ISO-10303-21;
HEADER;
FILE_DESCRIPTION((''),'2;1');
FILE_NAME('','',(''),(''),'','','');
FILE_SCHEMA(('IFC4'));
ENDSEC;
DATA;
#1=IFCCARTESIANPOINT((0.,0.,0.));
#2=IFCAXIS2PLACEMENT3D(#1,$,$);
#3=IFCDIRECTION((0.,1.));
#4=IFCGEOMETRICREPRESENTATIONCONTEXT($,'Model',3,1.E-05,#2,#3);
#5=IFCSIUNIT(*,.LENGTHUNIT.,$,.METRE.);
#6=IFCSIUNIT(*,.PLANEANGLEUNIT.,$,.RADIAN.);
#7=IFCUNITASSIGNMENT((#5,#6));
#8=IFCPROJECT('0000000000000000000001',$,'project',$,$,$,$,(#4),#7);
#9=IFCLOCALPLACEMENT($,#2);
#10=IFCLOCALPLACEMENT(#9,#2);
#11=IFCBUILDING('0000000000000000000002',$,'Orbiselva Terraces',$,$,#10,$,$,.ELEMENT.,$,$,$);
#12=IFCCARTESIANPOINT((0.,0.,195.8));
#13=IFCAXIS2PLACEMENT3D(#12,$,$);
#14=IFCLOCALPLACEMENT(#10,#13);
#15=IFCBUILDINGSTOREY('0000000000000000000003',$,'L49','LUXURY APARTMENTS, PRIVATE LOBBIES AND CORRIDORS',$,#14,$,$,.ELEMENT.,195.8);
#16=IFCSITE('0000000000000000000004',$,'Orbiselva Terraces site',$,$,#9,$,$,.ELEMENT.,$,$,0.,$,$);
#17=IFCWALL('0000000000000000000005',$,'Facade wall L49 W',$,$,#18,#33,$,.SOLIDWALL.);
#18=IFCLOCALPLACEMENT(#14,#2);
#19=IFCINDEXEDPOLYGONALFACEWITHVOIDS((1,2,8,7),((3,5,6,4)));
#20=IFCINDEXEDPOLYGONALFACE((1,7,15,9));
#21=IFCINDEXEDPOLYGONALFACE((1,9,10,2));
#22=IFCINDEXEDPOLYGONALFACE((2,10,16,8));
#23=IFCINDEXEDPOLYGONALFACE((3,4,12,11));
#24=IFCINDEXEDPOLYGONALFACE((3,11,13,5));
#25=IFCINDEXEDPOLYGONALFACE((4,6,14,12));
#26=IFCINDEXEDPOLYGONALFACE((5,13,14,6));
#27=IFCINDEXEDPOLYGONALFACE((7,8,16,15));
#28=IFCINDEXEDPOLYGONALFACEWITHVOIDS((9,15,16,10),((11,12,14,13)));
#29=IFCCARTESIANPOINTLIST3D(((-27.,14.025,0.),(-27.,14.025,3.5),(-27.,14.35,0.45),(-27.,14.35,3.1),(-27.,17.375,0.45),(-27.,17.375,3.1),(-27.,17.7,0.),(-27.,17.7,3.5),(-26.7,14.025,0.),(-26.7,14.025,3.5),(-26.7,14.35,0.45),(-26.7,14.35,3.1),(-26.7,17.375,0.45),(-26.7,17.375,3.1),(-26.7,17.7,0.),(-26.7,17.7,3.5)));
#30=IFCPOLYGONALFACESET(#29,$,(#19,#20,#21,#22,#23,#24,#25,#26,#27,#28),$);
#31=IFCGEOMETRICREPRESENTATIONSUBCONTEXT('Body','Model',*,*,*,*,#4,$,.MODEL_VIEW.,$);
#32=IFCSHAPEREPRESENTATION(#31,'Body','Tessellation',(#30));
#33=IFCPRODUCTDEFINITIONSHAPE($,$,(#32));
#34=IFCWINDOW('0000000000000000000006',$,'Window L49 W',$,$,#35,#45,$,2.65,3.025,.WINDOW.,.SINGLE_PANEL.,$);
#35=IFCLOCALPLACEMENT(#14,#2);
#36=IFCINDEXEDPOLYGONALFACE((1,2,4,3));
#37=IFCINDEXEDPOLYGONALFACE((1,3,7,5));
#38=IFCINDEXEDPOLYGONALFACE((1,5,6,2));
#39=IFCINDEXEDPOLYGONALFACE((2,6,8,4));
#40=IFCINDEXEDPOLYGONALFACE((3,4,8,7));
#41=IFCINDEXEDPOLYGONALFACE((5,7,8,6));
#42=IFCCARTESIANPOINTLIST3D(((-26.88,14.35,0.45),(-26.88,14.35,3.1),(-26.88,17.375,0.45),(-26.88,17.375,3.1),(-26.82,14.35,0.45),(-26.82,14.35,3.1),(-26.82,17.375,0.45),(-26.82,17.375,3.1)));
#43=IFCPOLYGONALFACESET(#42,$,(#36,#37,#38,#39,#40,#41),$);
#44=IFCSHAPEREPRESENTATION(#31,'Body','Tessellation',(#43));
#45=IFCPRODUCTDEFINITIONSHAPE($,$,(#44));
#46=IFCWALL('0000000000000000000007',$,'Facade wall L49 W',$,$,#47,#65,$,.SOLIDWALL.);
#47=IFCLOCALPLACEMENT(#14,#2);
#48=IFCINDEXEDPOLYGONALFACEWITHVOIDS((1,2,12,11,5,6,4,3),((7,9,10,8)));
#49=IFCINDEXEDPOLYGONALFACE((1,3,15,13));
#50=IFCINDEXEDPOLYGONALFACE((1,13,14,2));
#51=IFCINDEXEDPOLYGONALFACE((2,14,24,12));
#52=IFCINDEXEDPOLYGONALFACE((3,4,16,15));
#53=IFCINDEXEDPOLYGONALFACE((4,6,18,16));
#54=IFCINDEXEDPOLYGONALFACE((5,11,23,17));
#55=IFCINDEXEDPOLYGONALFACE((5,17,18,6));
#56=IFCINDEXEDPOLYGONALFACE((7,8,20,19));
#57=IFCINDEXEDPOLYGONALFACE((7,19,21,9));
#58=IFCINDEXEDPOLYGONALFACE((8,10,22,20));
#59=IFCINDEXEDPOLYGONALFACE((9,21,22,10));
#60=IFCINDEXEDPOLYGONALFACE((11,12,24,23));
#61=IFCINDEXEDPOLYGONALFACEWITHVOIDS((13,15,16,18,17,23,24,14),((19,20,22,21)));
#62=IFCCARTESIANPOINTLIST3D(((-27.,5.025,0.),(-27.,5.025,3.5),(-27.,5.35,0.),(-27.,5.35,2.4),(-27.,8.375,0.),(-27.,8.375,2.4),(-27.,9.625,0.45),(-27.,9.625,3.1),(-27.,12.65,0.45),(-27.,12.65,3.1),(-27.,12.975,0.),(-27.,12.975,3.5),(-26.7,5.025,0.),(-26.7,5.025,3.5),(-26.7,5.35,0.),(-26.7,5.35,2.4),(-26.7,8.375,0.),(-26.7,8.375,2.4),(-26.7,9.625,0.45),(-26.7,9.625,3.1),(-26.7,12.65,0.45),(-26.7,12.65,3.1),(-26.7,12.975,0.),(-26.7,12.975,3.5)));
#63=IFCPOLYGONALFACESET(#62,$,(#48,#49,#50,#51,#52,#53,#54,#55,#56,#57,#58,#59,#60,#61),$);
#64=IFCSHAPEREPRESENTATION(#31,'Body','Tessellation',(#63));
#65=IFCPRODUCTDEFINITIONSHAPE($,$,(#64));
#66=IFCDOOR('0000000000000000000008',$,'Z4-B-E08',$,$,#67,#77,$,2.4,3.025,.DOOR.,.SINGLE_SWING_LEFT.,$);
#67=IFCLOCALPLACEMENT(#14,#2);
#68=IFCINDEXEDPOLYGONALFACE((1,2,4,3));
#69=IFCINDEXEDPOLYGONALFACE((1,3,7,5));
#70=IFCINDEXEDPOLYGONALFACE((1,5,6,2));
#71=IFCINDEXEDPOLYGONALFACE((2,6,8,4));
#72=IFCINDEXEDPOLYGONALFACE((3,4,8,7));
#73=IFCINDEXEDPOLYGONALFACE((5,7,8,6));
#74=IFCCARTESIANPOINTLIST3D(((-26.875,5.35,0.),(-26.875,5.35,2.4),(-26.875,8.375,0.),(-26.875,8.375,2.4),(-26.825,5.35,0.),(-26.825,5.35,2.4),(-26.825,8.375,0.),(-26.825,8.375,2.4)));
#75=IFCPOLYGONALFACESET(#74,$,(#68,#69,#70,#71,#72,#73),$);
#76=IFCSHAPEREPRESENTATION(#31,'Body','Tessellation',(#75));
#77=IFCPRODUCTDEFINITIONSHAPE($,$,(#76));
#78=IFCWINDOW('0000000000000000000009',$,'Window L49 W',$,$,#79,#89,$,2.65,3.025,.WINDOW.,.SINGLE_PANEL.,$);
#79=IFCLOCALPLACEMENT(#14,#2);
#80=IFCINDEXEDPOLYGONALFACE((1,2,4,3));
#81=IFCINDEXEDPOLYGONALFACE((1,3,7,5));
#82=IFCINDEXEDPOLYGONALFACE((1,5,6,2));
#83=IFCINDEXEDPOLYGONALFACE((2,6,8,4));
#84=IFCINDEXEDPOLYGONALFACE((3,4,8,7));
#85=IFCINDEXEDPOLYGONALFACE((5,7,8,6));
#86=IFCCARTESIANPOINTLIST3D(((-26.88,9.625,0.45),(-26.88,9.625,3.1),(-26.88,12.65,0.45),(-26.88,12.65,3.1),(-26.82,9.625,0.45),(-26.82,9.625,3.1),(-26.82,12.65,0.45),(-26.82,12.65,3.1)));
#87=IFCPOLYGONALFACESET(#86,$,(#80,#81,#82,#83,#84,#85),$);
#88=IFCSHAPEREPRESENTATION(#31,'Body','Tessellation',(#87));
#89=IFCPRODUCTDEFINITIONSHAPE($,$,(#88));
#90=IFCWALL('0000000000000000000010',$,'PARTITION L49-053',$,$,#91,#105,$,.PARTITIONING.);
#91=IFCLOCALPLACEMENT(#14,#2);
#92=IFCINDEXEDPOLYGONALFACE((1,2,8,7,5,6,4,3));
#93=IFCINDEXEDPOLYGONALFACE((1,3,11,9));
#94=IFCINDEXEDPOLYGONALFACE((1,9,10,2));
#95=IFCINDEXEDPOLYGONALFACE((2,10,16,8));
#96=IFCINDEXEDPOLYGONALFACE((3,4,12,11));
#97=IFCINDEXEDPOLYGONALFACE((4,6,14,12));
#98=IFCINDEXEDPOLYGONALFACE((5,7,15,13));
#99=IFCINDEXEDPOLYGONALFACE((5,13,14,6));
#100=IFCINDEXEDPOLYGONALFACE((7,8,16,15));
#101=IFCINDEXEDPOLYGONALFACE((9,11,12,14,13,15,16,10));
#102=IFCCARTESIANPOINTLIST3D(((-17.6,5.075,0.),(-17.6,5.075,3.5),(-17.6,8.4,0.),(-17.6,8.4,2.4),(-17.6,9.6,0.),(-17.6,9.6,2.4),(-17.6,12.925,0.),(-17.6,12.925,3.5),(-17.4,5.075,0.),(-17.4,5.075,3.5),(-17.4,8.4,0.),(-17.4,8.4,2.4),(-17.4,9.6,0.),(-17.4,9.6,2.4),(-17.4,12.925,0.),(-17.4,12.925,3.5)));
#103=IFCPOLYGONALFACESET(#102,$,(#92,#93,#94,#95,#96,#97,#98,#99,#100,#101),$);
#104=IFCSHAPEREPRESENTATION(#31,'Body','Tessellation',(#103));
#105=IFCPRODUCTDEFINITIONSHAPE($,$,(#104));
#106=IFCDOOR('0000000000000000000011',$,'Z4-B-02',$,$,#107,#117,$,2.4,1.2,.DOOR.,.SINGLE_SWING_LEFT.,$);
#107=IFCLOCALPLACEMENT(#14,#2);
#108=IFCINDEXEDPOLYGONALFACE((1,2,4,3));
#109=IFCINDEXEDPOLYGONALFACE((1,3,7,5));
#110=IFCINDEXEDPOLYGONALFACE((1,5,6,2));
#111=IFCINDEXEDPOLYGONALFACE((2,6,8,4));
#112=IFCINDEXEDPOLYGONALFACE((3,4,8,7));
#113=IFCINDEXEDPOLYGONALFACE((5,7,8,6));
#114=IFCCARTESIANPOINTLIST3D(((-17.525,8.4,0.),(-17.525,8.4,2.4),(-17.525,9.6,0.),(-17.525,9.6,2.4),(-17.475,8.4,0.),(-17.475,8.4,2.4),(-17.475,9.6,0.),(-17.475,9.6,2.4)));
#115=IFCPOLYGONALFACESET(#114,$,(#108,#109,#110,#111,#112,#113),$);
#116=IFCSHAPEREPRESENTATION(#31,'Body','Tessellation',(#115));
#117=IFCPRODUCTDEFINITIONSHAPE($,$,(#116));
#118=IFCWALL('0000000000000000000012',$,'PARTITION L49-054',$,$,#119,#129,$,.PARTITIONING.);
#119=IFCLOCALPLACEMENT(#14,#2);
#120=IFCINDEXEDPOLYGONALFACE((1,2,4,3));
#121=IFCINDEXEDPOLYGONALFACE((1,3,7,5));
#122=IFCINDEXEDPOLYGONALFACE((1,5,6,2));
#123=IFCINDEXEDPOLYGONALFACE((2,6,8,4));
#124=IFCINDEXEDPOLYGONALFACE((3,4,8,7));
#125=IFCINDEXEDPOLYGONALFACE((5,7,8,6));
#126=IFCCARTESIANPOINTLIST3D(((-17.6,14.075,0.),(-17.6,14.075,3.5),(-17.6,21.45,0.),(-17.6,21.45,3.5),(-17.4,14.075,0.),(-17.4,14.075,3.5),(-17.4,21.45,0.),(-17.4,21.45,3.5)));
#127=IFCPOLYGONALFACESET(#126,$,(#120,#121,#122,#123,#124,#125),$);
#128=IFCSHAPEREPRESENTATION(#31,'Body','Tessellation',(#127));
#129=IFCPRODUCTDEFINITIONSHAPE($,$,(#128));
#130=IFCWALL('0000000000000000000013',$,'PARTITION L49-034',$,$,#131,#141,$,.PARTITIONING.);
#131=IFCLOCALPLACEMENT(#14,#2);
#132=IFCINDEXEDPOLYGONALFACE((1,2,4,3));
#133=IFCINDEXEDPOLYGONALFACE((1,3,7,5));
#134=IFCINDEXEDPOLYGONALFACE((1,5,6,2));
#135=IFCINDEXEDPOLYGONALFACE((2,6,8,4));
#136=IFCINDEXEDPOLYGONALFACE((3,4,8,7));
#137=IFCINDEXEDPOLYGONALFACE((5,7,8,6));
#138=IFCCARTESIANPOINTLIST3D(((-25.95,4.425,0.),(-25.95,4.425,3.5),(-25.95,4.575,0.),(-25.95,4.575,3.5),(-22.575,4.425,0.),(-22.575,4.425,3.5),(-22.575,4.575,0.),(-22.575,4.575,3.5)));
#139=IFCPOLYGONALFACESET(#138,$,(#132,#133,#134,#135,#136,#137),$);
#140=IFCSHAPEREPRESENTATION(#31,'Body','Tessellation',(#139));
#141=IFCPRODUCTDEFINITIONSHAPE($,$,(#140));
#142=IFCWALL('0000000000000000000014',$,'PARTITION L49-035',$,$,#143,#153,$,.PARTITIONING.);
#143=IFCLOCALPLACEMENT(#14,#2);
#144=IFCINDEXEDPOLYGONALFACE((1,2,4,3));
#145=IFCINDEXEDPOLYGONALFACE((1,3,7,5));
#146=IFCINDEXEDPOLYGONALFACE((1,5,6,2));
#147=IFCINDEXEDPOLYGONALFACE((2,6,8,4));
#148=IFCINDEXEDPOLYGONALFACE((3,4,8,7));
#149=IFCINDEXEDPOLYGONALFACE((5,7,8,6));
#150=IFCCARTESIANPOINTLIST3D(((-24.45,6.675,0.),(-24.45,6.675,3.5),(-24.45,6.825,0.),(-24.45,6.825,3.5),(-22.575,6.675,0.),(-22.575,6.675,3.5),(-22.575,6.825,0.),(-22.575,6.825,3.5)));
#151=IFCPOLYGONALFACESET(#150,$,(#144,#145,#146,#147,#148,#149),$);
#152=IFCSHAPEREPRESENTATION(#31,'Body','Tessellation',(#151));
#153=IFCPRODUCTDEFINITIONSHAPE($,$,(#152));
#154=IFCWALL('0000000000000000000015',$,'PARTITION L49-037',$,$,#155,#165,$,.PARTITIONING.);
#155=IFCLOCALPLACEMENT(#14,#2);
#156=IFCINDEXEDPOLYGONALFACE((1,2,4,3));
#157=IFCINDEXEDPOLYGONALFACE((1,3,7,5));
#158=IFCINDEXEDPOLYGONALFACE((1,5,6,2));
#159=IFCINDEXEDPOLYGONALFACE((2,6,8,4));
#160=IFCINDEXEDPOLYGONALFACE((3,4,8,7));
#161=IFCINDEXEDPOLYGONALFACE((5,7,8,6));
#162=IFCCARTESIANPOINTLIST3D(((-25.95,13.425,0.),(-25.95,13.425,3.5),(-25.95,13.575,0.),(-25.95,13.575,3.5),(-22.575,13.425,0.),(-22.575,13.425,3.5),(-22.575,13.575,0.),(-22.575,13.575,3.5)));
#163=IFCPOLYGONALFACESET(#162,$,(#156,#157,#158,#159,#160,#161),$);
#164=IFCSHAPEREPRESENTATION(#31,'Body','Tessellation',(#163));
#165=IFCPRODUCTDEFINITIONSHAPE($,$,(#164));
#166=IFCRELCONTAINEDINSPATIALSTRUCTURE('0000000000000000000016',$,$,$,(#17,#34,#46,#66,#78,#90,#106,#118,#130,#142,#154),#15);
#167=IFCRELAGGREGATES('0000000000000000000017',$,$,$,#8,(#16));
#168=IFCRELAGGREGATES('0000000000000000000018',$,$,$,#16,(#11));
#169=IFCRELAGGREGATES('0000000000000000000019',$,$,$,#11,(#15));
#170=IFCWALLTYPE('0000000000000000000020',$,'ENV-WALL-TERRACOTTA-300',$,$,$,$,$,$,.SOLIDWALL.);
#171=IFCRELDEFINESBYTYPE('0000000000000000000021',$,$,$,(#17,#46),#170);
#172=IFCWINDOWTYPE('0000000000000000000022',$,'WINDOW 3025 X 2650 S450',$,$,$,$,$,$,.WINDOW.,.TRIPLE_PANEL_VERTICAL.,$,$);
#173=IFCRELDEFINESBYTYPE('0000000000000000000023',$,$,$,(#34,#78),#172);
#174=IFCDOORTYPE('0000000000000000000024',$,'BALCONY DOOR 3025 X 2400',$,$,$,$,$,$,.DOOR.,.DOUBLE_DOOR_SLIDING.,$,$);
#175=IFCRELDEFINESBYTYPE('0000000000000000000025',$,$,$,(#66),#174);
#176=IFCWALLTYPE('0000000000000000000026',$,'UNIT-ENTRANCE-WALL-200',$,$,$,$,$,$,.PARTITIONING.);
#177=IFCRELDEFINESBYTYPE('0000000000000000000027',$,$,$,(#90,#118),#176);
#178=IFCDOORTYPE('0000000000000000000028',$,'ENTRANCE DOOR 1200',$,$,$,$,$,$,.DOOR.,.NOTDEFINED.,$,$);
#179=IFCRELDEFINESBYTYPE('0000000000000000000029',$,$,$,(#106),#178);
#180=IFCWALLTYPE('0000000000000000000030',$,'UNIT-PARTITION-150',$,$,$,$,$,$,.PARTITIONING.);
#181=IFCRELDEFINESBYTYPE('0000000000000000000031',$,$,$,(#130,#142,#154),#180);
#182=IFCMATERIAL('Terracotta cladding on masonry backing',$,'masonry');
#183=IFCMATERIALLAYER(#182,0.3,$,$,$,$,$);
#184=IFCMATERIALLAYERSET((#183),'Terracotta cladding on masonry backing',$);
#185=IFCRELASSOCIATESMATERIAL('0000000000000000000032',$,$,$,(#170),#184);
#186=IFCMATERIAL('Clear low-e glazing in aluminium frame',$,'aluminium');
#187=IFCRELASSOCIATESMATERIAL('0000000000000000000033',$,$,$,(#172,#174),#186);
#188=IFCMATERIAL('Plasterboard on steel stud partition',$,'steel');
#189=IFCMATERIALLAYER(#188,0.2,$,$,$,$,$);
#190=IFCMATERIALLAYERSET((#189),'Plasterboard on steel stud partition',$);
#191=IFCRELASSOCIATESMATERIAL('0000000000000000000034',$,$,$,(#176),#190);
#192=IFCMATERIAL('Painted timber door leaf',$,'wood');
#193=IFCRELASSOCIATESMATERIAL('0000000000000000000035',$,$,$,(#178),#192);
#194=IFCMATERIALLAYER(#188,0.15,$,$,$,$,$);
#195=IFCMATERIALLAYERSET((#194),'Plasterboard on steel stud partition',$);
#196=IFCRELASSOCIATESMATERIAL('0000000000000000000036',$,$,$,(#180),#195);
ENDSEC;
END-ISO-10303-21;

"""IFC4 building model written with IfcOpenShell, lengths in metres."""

from ifc_helpers import new_model, si_unit, direction, frame, frame_2d, origin, place, context, subcontext, project, spatial, rectangle, extrude, material, layer, layer_set, type_object, element, fill, save


model = new_model("IFC4")

# Units and contexts
model_context = context("Model", 3, precision=1e-05, world=origin(), true_north=direction((0.0, 1.0)))
body_context = subcontext(model_context, "Body", "Model", "MODEL_VIEW")
ifc_project = project(units=[si_unit("LENGTHUNIT", "METRE"), si_unit("PLANEANGLEUNIT", "RADIAN")], contexts=[model_context])

# Site, building, storey
site_placement = place(None, origin())
site = spatial("IfcSite", under=ifc_project, at=site_placement, Name="Orbiselva Terraces site", CompositionType="ELEMENT", RefElevation=0.0)
building_placement = place(site_placement, origin())
building = spatial("IfcBuilding", under=site, at=building_placement, Name="Orbiselva Terraces", CompositionType="ELEMENT")
storey_placement = place(building_placement, frame((0.0, 0.0, 195.8)))
storey = spatial("IfcBuildingStorey", under=building, at=storey_placement, Name="L49", Description="LUXURY APARTMENTS, PRIVATE LOBBIES AND CORRIDORS", CompositionType="ELEMENT", Elevation=195.8)

# Wall, opening, window
ifc_material_1 = material(Name="Terracotta cladding on masonry backing", Category="masonry")
ifc_layer_1 = layer(ifc_material_1, 0.3)
ifc_layer_set_1 = layer_set([ifc_layer_1], Name="Terracotta cladding on masonry backing")
wall_type_1 = type_object("IfcWallType", Name="ENV-WALL-TERRACOTTA-300", PredefinedType="SOLIDWALL", material=ifc_layer_set_1)
wall_1_placement = place(storey_placement, frame((-26.85, 14.025, 0.0), z_axis=(0.0, 0.0, 1.0), x_axis=(0.0, 1.0, 0.0)))
wall_1 = element("IfcWall", 1, at=wall_1_placement, inside=storey, type_object=wall_type_1, Name="Facade wall L49 W", PredefinedType="SOLIDWALL", context=body_context, shape_type="SweptSolid", body=[
    extrude(rectangle(XDim=3.675, YDim=0.3, at=frame_2d((1.8375, 0.0))), origin(), (0.0, 0.0, 1.0), 3.5),
])
opening_1_placement = place(wall_1_placement, frame((0.325, 0.0, 0.45)))
opening_1 = element("IfcOpeningElement", 2, at=opening_1_placement, cuts=wall_1, PredefinedType="OPENING", context=body_context, shape_type="SweptSolid", body=[
    extrude(rectangle(XDim=3.025, YDim=2.65, at=frame_2d((1.5125, 1.325))), frame((0.0, 0.16, 0.0), z_axis=(0.0, -1.0, 0.0), x_axis=(1.0, 0.0, 0.0)), (0.0, 0.0, 1.0), 0.32),
])
ifc_material_2 = material(Name="Clear low-e glazing in aluminium frame", Category="aluminium")
window_type = type_object("IfcWindowType", Name="WINDOW 3025 X 2650 S450", PartitioningType="TRIPLE_PANEL_VERTICAL", PredefinedType="WINDOW", material=ifc_material_2)
window_1_placement = place(opening_1_placement, origin())
window_1 = element("IfcWindow", 3, at=window_1_placement, inside=storey, type_object=window_type, Name="Window L49 W", OverallHeight=2.65, OverallWidth=3.025, PartitioningType="SINGLE_PANEL", PredefinedType="WINDOW", context=body_context, shape_type="SweptSolid", body=[
    extrude(rectangle(XDim=3.025, YDim=2.65, at=frame_2d((1.5125, 1.325))), frame((0.0, 0.03, 0.0), z_axis=(0.0, -1.0, 0.0), x_axis=(1.0, 0.0, 0.0)), (0.0, 0.0, 1.0), 0.06),
])
fill(opening_1, window_1)

# Wall, openings, door, window
wall_2_placement = place(storey_placement, frame((-26.85, 5.025, 0.0), z_axis=(0.0, 0.0, 1.0), x_axis=(0.0, 1.0, 0.0)))
wall_2 = element("IfcWall", 4, at=wall_2_placement, inside=storey, type_object=wall_type_1, Name="Facade wall L49 W", PredefinedType="SOLIDWALL", context=body_context, shape_type="SweptSolid", body=[
    extrude(rectangle(XDim=7.95, YDim=0.3, at=frame_2d((3.975, 0.0))), origin(), (0.0, 0.0, 1.0), 3.5),
])
opening_2_placement = place(wall_2_placement, frame((4.6, 0.0, 0.45)))
opening_2 = element("IfcOpeningElement", 5, at=opening_2_placement, cuts=wall_2, PredefinedType="OPENING", context=body_context, shape_type="SweptSolid", body=[
    extrude(rectangle(XDim=3.025, YDim=2.65, at=frame_2d((1.5125, 1.325))), frame((0.0, 0.16, 0.0), z_axis=(0.0, -1.0, 0.0), x_axis=(1.0, 0.0, 0.0)), (0.0, 0.0, 1.0), 0.32),
])
opening_3_placement = place(wall_2_placement, frame((0.325, 0.0, 0.0)))
opening_3 = element("IfcOpeningElement", 6, at=opening_3_placement, cuts=wall_2, PredefinedType="OPENING", context=body_context, shape_type="SweptSolid", body=[
    extrude(rectangle(XDim=3.025, YDim=2.4, at=frame_2d((1.5125, 1.2))), frame((0.0, 0.16, 0.0), z_axis=(0.0, -1.0, 0.0), x_axis=(1.0, 0.0, 0.0)), (0.0, 0.0, 1.0), 0.32),
])
door_type_1 = type_object("IfcDoorType", Name="BALCONY DOOR 3025 X 2400", OperationType="DOUBLE_DOOR_SLIDING", PredefinedType="DOOR", material=ifc_material_2)
door_1_placement = place(opening_3_placement, origin())
door_1 = element("IfcDoor", 7, at=door_1_placement, inside=storey, type_object=door_type_1, Name="Z4-B-E08", OperationType="SINGLE_SWING_LEFT", OverallHeight=2.4, OverallWidth=3.025, PredefinedType="DOOR", context=body_context, shape_type="SweptSolid", body=[
    extrude(rectangle(XDim=3.025, YDim=2.4, at=frame_2d((1.5125, 1.2))), frame((0.0, 0.025, 0.0), z_axis=(0.0, -1.0, 0.0), x_axis=(1.0, 0.0, 0.0)), (0.0, 0.0, 1.0), 0.05),
])
fill(opening_3, door_1)
window_2_placement = place(opening_2_placement, origin())
window_2 = element("IfcWindow", 8, at=window_2_placement, inside=storey, type_object=window_type, Name="Window L49 W", OverallHeight=2.65, OverallWidth=3.025, PartitioningType="SINGLE_PANEL", PredefinedType="WINDOW", context=body_context, shape_type="SweptSolid", body=[
    extrude(rectangle(XDim=3.025, YDim=2.65, at=frame_2d((1.5125, 1.325))), frame((0.0, 0.03, 0.0), z_axis=(0.0, -1.0, 0.0), x_axis=(1.0, 0.0, 0.0)), (0.0, 0.0, 1.0), 0.06),
])
fill(opening_2, window_2)

# Wall, opening, door
ifc_material_3 = material(Name="Plasterboard on steel stud partition", Category="steel")
ifc_layer_2 = layer(ifc_material_3, 0.2)
ifc_layer_set_2 = layer_set([ifc_layer_2], Name="Plasterboard on steel stud partition")
wall_type_2 = type_object("IfcWallType", Name="UNIT-ENTRANCE-WALL-200", PredefinedType="PARTITIONING", material=ifc_layer_set_2)
wall_3_placement = place(storey_placement, frame((-17.5, 5.075, 0.0), z_axis=(0.0, 0.0, 1.0), x_axis=(0.0, 1.0, 0.0)))
wall_3 = element("IfcWall", 9, at=wall_3_placement, inside=storey, type_object=wall_type_2, Name="PARTITION L49-053", PredefinedType="PARTITIONING", context=body_context, shape_type="SweptSolid", body=[
    extrude(rectangle(XDim=7.85, YDim=0.2, at=frame_2d((3.925, 0.0))), origin(), (0.0, 0.0, 1.0), 3.5),
])
opening_4_placement = place(wall_3_placement, frame((3.325, 0.0, 0.0)))
opening_4 = element("IfcOpeningElement", 10, at=opening_4_placement, cuts=wall_3, PredefinedType="OPENING", context=body_context, shape_type="SweptSolid", body=[
    extrude(rectangle(XDim=1.2, YDim=2.4, at=frame_2d((0.6, 1.2))), frame((0.0, 0.11, 0.0), z_axis=(0.0, -1.0, 0.0), x_axis=(1.0, 0.0, 0.0)), (0.0, 0.0, 1.0), 0.22),
])
ifc_material_4 = material(Name="Painted timber door leaf", Category="wood")
door_type_2 = type_object("IfcDoorType", Name="ENTRANCE DOOR 1200", OperationType="NOTDEFINED", PredefinedType="DOOR", material=ifc_material_4)
door_2_placement = place(opening_4_placement, origin())
door_2 = element("IfcDoor", 11, at=door_2_placement, inside=storey, type_object=door_type_2, Name="Z4-B-02", OperationType="SINGLE_SWING_LEFT", OverallHeight=2.4, OverallWidth=1.2, PredefinedType="DOOR", context=body_context, shape_type="SweptSolid", body=[
    extrude(rectangle(XDim=1.2, YDim=2.4, at=frame_2d((0.6, 1.2))), frame((0.0, 0.025, 0.0), z_axis=(0.0, -1.0, 0.0), x_axis=(1.0, 0.0, 0.0)), (0.0, 0.0, 1.0), 0.05),
])
fill(opening_4, door_2)

# Walls
wall_4_placement = place(storey_placement, frame((-17.5, 14.075, 0.0), z_axis=(0.0, 0.0, 1.0), x_axis=(0.0, 1.0, 0.0)))
element("IfcWall", 12, at=wall_4_placement, inside=storey, type_object=wall_type_2, Name="PARTITION L49-054", PredefinedType="PARTITIONING", context=body_context, shape_type="SweptSolid", body=[
    extrude(rectangle(XDim=7.375, YDim=0.2, at=frame_2d((3.6875, 0.0))), origin(), (0.0, 0.0, 1.0), 3.5),
])
ifc_layer_3 = layer(ifc_material_3, 0.15)
ifc_layer_set_3 = layer_set([ifc_layer_3], Name="Plasterboard on steel stud partition")
wall_type_3 = type_object("IfcWallType", Name="UNIT-PARTITION-150", PredefinedType="PARTITIONING", material=ifc_layer_set_3)
wall_5_placement = place(storey_placement, frame((-25.95, 4.5, 0.0), z_axis=(0.0, 0.0, 1.0), x_axis=(1.0, 0.0, 0.0)))
element("IfcWall", 13, at=wall_5_placement, inside=storey, type_object=wall_type_3, Name="PARTITION L49-034", PredefinedType="PARTITIONING", context=body_context, shape_type="SweptSolid", body=[
    extrude(rectangle(XDim=3.375, YDim=0.15, at=frame_2d((1.6875, 0.0))), origin(), (0.0, 0.0, 1.0), 3.5),
])
wall_6_placement = place(storey_placement, frame((-24.45, 6.75, 0.0), z_axis=(0.0, 0.0, 1.0), x_axis=(1.0, 0.0, 0.0)))
element("IfcWall", 14, at=wall_6_placement, inside=storey, type_object=wall_type_3, Name="PARTITION L49-035", PredefinedType="PARTITIONING", context=body_context, shape_type="SweptSolid", body=[
    extrude(rectangle(XDim=1.875, YDim=0.15, at=frame_2d((0.9375, 0.0))), origin(), (0.0, 0.0, 1.0), 3.5),
])
wall_7_placement = place(storey_placement, frame((-25.95, 13.5, 0.0), z_axis=(0.0, 0.0, 1.0), x_axis=(1.0, 0.0, 0.0)))
element("IfcWall", 15, at=wall_7_placement, inside=storey, type_object=wall_type_3, Name="PARTITION L49-037", PredefinedType="PARTITIONING", context=body_context, shape_type="SweptSolid", body=[
    extrude(rectangle(XDim=3.375, YDim=0.15, at=frame_2d((1.6875, 0.0))), origin(), (0.0, 0.0, 1.0), 3.5),
])

save(model, "model.ifc")
